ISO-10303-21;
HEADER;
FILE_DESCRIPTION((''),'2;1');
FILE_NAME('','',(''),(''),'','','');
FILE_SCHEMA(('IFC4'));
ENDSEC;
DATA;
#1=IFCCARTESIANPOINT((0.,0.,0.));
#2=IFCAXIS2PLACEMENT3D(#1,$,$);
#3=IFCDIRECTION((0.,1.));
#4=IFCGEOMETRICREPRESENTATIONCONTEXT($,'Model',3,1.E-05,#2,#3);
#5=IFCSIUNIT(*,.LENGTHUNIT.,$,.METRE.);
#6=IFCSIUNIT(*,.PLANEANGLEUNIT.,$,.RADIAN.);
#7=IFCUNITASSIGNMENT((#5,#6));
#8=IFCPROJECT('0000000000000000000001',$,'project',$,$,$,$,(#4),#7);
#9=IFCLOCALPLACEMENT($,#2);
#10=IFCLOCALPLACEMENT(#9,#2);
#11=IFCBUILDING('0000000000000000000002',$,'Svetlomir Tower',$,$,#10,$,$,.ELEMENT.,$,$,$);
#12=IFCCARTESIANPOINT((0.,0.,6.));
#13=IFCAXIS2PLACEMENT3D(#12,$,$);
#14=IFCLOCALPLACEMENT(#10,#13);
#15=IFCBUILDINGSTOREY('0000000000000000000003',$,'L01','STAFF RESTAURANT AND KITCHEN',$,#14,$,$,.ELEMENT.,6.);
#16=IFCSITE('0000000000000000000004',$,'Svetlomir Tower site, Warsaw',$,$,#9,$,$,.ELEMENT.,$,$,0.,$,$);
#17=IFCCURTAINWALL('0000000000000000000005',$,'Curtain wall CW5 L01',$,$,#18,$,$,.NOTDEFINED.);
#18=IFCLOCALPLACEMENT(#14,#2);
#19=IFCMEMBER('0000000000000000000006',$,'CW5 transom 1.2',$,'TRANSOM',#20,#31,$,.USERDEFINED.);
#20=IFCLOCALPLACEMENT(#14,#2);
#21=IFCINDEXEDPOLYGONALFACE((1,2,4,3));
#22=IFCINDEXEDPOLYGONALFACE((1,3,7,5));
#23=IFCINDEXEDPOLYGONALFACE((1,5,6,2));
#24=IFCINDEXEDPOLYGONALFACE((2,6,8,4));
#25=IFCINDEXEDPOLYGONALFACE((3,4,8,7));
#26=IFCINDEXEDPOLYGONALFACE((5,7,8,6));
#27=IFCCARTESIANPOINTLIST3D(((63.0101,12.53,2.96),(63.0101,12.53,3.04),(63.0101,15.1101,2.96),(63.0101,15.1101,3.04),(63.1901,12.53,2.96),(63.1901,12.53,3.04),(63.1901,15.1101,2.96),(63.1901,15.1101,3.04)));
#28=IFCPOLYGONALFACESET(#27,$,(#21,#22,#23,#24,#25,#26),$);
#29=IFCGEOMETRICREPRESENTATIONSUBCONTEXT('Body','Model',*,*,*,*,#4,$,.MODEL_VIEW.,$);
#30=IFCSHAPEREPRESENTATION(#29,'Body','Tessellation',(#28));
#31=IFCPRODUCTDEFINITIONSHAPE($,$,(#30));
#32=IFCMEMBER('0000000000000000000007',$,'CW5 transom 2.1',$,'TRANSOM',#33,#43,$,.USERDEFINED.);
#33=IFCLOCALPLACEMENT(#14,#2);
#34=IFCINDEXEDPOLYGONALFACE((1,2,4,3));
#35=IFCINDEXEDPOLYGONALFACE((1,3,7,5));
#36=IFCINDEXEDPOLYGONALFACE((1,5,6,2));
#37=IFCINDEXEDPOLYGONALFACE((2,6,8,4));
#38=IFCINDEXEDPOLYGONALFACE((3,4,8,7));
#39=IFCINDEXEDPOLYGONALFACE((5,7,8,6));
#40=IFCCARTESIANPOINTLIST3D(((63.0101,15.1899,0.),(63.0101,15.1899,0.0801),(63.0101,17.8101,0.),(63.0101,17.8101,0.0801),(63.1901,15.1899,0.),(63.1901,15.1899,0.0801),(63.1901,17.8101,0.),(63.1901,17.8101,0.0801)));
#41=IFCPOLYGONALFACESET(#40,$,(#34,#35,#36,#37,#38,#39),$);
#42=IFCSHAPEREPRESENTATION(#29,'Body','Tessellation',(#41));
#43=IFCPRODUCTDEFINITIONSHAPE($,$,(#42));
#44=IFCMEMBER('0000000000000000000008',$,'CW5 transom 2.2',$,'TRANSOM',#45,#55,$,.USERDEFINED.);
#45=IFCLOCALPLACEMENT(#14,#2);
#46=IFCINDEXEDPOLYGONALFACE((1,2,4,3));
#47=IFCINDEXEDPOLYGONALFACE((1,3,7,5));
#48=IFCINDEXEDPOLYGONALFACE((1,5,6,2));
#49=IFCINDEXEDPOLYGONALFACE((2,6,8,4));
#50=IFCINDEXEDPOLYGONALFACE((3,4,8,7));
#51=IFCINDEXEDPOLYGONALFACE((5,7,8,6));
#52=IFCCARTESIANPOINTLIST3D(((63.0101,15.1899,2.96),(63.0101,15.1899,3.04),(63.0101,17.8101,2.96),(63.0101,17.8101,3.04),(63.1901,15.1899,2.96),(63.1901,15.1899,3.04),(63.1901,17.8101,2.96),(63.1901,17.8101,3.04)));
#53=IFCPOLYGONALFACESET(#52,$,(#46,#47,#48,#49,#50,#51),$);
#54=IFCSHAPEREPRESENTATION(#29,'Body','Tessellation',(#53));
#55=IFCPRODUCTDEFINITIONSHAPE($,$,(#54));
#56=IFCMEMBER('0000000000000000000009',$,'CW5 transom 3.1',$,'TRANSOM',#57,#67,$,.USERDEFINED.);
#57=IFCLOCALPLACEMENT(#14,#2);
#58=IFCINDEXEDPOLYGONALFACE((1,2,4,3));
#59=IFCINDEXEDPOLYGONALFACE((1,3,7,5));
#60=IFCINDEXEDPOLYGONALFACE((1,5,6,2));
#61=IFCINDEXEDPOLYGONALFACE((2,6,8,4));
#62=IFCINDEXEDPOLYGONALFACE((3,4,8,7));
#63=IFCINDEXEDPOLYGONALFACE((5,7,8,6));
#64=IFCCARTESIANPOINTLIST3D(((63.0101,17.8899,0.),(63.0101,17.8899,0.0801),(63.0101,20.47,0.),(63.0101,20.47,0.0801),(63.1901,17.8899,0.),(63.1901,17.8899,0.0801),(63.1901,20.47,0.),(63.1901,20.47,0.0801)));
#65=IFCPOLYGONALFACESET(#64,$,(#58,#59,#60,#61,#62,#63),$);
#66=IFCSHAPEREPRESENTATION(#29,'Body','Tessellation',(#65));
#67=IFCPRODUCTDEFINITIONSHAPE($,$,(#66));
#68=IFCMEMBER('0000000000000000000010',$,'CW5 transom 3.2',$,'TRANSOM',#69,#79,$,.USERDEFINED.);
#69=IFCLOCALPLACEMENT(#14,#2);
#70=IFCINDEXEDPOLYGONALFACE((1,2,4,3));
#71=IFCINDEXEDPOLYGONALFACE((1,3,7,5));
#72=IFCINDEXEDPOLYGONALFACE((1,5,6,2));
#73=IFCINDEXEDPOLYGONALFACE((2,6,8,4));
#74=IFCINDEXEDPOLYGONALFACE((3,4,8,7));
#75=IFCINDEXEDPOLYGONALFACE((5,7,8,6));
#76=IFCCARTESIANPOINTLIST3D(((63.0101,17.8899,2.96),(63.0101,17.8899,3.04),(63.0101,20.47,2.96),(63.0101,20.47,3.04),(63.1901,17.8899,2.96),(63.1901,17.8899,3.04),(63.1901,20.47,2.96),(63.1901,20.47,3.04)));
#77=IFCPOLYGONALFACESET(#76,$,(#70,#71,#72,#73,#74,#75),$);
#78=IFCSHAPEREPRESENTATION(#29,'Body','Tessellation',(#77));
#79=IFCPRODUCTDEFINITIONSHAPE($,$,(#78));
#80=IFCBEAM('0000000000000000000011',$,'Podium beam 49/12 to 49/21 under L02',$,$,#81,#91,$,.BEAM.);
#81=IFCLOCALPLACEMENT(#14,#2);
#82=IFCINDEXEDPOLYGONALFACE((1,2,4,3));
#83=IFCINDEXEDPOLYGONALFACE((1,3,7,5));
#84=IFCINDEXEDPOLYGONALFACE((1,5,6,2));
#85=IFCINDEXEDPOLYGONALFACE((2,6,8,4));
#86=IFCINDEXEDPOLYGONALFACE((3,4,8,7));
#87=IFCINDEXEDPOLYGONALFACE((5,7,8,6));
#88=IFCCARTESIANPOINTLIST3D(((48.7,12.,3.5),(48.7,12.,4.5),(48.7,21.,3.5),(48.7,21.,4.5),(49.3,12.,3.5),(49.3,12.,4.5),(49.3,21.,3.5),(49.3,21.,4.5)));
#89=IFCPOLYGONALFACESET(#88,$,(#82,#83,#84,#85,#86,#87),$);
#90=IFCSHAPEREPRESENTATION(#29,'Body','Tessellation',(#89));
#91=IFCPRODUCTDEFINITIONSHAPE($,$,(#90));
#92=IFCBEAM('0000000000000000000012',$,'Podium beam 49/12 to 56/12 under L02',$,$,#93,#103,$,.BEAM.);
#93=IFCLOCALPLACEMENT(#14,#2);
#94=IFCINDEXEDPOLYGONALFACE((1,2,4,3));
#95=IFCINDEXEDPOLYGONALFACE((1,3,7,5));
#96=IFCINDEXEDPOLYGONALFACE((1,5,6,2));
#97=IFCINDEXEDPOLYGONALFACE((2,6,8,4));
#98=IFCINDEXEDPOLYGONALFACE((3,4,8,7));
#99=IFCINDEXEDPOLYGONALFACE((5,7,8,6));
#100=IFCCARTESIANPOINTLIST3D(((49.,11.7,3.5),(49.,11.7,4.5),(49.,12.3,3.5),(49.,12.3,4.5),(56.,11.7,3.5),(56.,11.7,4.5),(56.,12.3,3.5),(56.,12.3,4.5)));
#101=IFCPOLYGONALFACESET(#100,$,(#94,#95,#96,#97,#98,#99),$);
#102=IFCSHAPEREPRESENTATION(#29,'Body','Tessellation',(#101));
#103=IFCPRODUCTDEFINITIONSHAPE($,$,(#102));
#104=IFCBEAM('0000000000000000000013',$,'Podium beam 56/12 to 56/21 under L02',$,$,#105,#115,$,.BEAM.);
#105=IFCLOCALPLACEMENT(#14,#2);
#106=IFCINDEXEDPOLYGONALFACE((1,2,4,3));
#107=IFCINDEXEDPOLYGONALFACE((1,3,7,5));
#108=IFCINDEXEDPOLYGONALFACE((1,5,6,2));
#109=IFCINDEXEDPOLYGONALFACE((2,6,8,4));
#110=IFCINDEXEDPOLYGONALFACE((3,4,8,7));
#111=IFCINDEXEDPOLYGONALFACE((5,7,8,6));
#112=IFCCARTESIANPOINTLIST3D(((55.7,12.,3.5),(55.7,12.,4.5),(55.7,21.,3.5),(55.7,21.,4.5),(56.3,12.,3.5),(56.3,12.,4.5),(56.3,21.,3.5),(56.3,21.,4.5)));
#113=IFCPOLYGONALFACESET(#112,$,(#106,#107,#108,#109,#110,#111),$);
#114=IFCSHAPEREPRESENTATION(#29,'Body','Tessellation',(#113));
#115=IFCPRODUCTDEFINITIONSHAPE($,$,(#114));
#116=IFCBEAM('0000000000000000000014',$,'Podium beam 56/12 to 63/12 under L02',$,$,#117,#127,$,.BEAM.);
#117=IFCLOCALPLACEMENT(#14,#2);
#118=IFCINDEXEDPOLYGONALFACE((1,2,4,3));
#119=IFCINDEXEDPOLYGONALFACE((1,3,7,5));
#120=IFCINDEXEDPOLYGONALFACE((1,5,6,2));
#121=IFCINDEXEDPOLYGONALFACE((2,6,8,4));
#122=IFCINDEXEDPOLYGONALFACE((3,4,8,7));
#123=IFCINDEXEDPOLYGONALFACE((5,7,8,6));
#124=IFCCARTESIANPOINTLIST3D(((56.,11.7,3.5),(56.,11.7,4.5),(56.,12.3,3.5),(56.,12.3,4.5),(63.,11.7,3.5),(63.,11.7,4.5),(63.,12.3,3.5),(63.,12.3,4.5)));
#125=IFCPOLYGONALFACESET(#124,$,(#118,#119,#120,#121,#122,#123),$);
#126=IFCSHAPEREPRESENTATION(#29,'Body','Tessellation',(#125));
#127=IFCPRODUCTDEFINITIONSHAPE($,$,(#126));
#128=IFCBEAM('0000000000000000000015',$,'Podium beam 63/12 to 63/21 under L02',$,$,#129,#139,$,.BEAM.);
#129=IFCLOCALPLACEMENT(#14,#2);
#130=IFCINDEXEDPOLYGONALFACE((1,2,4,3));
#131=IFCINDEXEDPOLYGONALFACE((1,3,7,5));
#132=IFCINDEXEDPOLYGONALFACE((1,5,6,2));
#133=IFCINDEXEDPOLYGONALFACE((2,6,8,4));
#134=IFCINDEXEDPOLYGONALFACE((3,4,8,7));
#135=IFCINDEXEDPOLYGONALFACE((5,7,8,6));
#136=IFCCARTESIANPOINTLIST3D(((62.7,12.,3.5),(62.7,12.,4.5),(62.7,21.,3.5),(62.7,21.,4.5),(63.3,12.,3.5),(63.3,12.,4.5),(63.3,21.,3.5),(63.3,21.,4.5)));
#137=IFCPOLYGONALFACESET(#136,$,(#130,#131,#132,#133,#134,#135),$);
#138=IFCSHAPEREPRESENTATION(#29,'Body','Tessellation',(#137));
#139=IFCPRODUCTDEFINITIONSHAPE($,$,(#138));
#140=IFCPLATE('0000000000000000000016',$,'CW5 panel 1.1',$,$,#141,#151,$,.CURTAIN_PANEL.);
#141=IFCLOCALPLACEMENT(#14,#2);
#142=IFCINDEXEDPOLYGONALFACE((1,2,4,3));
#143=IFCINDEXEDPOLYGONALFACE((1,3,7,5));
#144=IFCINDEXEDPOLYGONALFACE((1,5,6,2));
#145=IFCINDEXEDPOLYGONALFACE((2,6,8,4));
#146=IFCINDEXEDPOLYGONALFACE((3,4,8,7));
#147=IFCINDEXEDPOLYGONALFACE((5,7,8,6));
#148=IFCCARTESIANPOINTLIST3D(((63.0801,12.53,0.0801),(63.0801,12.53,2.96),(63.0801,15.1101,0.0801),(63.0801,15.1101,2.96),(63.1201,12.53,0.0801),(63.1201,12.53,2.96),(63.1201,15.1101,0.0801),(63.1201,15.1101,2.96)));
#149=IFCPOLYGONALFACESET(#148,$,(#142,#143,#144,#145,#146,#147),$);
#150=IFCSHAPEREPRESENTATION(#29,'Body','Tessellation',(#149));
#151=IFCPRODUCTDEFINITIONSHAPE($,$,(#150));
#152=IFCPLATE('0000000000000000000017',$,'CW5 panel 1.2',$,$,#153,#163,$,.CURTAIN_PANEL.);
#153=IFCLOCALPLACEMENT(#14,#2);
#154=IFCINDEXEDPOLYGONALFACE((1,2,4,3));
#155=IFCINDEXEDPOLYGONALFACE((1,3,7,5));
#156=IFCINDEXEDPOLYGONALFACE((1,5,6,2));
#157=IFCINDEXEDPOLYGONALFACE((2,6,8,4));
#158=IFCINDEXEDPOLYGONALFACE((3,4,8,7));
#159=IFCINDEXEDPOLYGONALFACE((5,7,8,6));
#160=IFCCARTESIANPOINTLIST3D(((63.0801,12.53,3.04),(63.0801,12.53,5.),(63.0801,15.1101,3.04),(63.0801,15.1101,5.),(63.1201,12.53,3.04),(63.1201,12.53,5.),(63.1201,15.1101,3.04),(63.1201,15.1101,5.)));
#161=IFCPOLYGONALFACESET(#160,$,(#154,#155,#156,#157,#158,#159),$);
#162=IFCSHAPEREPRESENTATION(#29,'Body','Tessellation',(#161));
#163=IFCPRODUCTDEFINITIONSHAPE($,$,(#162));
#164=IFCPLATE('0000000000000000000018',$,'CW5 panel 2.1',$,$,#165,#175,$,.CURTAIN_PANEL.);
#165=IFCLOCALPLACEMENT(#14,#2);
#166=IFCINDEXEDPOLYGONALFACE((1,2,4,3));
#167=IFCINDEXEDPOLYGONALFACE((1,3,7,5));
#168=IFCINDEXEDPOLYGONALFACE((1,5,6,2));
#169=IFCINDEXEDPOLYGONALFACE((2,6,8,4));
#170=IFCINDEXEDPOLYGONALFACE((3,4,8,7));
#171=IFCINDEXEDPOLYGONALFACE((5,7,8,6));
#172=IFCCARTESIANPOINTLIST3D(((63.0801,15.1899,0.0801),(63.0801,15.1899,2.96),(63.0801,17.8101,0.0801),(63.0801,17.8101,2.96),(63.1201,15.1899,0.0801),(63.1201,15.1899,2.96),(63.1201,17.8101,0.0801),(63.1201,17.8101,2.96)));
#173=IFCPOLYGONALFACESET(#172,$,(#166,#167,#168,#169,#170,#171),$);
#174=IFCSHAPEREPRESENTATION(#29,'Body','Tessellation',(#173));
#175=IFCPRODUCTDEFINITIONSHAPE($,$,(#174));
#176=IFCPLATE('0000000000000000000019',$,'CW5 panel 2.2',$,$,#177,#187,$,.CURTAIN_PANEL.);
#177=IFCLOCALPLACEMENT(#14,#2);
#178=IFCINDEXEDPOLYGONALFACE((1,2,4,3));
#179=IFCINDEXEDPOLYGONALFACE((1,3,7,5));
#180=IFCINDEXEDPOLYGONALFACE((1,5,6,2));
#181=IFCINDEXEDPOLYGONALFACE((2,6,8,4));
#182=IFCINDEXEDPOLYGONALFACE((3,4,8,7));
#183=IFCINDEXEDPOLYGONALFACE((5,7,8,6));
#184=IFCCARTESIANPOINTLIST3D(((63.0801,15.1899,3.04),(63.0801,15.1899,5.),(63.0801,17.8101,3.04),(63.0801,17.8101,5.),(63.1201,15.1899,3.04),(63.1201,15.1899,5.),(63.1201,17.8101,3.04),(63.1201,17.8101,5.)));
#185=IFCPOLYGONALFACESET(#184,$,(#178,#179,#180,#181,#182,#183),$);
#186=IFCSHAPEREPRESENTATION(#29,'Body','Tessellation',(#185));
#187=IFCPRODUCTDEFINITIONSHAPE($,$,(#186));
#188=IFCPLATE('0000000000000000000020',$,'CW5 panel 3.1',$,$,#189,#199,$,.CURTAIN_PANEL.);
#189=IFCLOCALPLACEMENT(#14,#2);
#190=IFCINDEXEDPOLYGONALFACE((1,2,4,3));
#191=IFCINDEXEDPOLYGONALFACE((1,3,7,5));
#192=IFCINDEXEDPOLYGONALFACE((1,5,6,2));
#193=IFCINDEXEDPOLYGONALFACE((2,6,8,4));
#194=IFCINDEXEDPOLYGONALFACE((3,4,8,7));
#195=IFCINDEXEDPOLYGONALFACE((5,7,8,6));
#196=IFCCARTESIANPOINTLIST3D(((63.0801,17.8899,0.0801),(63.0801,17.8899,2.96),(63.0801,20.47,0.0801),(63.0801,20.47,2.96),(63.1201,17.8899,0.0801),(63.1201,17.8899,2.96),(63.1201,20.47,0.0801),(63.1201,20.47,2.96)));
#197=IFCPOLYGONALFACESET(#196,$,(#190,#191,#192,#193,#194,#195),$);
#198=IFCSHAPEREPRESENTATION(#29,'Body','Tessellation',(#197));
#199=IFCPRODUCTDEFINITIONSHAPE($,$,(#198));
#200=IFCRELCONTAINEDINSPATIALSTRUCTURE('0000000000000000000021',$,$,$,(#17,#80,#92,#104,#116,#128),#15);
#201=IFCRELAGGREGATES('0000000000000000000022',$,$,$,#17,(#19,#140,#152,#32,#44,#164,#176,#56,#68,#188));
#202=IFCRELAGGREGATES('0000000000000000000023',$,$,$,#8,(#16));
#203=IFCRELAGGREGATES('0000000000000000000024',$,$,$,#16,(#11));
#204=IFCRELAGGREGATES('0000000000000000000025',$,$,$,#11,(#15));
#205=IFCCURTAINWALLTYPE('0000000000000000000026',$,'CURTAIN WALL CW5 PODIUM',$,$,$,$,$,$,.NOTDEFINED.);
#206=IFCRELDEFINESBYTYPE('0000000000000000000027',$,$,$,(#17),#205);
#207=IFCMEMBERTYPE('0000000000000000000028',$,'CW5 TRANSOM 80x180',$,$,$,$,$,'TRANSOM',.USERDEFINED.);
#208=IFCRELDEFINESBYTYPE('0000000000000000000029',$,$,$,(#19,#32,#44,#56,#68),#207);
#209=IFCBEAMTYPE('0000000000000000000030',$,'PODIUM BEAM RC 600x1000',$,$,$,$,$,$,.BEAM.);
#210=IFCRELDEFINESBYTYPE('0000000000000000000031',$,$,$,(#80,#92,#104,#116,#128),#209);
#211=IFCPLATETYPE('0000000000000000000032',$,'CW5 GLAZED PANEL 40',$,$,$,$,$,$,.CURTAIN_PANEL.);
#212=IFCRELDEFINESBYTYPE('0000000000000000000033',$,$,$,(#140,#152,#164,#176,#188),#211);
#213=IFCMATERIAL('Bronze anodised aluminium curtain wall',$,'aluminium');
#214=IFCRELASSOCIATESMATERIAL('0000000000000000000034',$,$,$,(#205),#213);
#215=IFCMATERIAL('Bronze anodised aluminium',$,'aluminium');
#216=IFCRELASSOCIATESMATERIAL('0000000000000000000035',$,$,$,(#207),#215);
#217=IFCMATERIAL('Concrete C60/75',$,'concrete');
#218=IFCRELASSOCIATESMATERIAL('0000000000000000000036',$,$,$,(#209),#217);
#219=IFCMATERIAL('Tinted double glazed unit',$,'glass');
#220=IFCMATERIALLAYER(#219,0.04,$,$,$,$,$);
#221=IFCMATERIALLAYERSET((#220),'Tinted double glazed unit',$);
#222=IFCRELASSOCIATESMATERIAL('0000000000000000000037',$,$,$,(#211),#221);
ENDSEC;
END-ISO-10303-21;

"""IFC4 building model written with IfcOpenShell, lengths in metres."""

from ifc_helpers import new_model, si_unit, direction, frame, origin, origin_2d, place, context, subcontext, project, spatial, rectangle, extrude, material, layer, layer_set, material_profile, profile_set, type_object, element, aggregate, save


model = new_model("IFC4")

# Units and contexts
model_context = context("Model", 3, precision=1e-05, world=origin(), true_north=direction((0.0, 1.0)))
body_context = subcontext(model_context, "Body", "Model", "MODEL_VIEW")
ifc_project = project(units=[si_unit("LENGTHUNIT", "METRE"), si_unit("PLANEANGLEUNIT", "RADIAN")], contexts=[model_context])

# Site, building, storey
site_placement = place(None, origin())
site = spatial("IfcSite", under=ifc_project, at=site_placement, Name="Svetlomir Tower site, Warsaw", CompositionType="ELEMENT", RefElevation=0.0)
building_placement = place(site_placement, origin())
building = spatial("IfcBuilding", under=site, at=building_placement, Name="Svetlomir Tower", CompositionType="ELEMENT")
storey_placement = place(building_placement, frame((0.0, 0.0, 6.0)))
storey = spatial("IfcBuildingStorey", under=building, at=storey_placement, Name="L01", Description="STAFF RESTAURANT AND KITCHEN", CompositionType="ELEMENT", Elevation=6.0)

# Curtain wall, members
ifc_material_1 = material(Name="Bronze anodised aluminium curtain wall", Category="aluminium")
curtain_wall_type = type_object("IfcCurtainWallType", Name="CURTAIN WALL CW5 PODIUM", PredefinedType="NOTDEFINED", material=ifc_material_1)
curtain_wall_placement = place(storey_placement, origin())
curtain_wall = element("IfcCurtainWall", 1, at=curtain_wall_placement, inside=storey, type_object=curtain_wall_type, Name="Curtain wall CW5 L01", PredefinedType="NOTDEFINED")
ifc_material_2 = material(Name="Bronze anodised aluminium", Category="aluminium")
ifc_material_profile_1 = material_profile(ifc_material_2, rectangle(XDim=0.1799, YDim=0.0801, at=origin_2d()), Name="AL 180x80")
ifc_profile_set_1 = profile_set([ifc_material_profile_1], Name="Bronze anodised aluminium 6063-T6")
member_type_1 = type_object("IfcMemberType", Name="CW5 TRANSOM 80x180", ElementType="TRANSOM", PredefinedType="USERDEFINED", material=ifc_profile_set_1)
member_1_placement = place(storey_placement, frame((63.1001, 12.53, 3.0), z_axis=(0.0, 1.0, 0.0), x_axis=(-1.0, 0.0, 0.0)))
member_1 = element("IfcMember", 2, at=member_1_placement, type_object=member_type_1, Name="CW5 transom 1.2", ObjectType="TRANSOM", PredefinedType="USERDEFINED", context=body_context, shape_type="SweptSolid", body=[
    extrude(rectangle(XDim=0.1799, YDim=0.0801, at=origin_2d()), origin(), (0.0, 0.0, 1.0), 2.5801),
])
member_2_placement = place(storey_placement, frame((63.1001, 15.1899, 0.04), z_axis=(0.0, 1.0, 0.0), x_axis=(-1.0, 0.0, 0.0)))
member_2 = element("IfcMember", 3, at=member_2_placement, type_object=member_type_1, Name="CW5 transom 2.1", ObjectType="TRANSOM", PredefinedType="USERDEFINED", context=body_context, shape_type="SweptSolid", body=[
    extrude(rectangle(XDim=0.1799, YDim=0.0801, at=origin_2d()), origin(), (0.0, 0.0, 1.0), 2.6201),
])
member_3_placement = place(storey_placement, frame((63.1001, 15.1899, 3.0), z_axis=(0.0, 1.0, 0.0), x_axis=(-1.0, 0.0, 0.0)))
member_3 = element("IfcMember", 4, at=member_3_placement, type_object=member_type_1, Name="CW5 transom 2.2", ObjectType="TRANSOM", PredefinedType="USERDEFINED", context=body_context, shape_type="SweptSolid", body=[
    extrude(rectangle(XDim=0.1799, YDim=0.0801, at=origin_2d()), origin(), (0.0, 0.0, 1.0), 2.6201),
])
member_4_placement = place(storey_placement, frame((63.1001, 17.8899, 0.04), z_axis=(0.0, 1.0, 0.0), x_axis=(-1.0, 0.0, 0.0)))
member_4 = element("IfcMember", 5, at=member_4_placement, type_object=member_type_1, Name="CW5 transom 3.1", ObjectType="TRANSOM", PredefinedType="USERDEFINED", context=body_context, shape_type="SweptSolid", body=[
    extrude(rectangle(XDim=0.1799, YDim=0.0801, at=origin_2d()), origin(), (0.0, 0.0, 1.0), 2.5801),
])
member_5_placement = place(storey_placement, frame((63.1001, 17.8899, 3.0), z_axis=(0.0, 1.0, 0.0), x_axis=(-1.0, 0.0, 0.0)))
member_5 = element("IfcMember", 6, at=member_5_placement, type_object=member_type_1, Name="CW5 transom 3.2", ObjectType="TRANSOM", PredefinedType="USERDEFINED", context=body_context, shape_type="SweptSolid", body=[
    extrude(rectangle(XDim=0.1799, YDim=0.0801, at=origin_2d()), origin(), (0.0, 0.0, 1.0), 2.5801),
])

# Beams
ifc_material_3 = material(Name="Concrete C60/75", Category="concrete")
ifc_material_profile_2 = material_profile(ifc_material_3, rectangle(XDim=0.6001, YDim=1.0, at=origin_2d()), Name="RC 600x1000")
ifc_profile_set_2 = profile_set([ifc_material_profile_2], Name="Concrete C60/75")
beam_type = type_object("IfcBeamType", Name="PODIUM BEAM RC 600x1000", PredefinedType="BEAM", material=ifc_profile_set_2)
beam_1_placement = place(storey_placement, frame((49.0, 12.0, 4.0), z_axis=(0.0, 1.0, 0.0), x_axis=(-1.0, 0.0, 0.0)))
element("IfcBeam", 7, at=beam_1_placement, inside=storey, type_object=beam_type, Name="Podium beam 49/12 to 49/21 under L02", PredefinedType="BEAM", context=body_context, shape_type="SweptSolid", body=[
    extrude(rectangle(XDim=0.6001, YDim=1.0, at=origin_2d()), origin(), (0.0, 0.0, 1.0), 9.0),
])
beam_2_placement = place(storey_placement, frame((49.0, 12.0, 4.0), z_axis=(1.0, 0.0, 0.0), x_axis=(0.0, 1.0, 0.0)))
element("IfcBeam", 8, at=beam_2_placement, inside=storey, type_object=beam_type, Name="Podium beam 49/12 to 56/12 under L02", PredefinedType="BEAM", context=body_context, shape_type="SweptSolid", body=[
    extrude(rectangle(XDim=0.6001, YDim=1.0, at=origin_2d()), origin(), (0.0, 0.0, 1.0), 7.0),
])
beam_3_placement = place(storey_placement, frame((56.0, 12.0, 4.0), z_axis=(0.0, 1.0, 0.0), x_axis=(-1.0, 0.0, 0.0)))
element("IfcBeam", 9, at=beam_3_placement, inside=storey, type_object=beam_type, Name="Podium beam 56/12 to 56/21 under L02", PredefinedType="BEAM", context=body_context, shape_type="SweptSolid", body=[
    extrude(rectangle(XDim=0.6001, YDim=1.0, at=origin_2d()), origin(), (0.0, 0.0, 1.0), 9.0),
])
beam_4_placement = place(storey_placement, frame((56.0, 12.0, 4.0), z_axis=(1.0, 0.0, 0.0), x_axis=(0.0, 1.0, 0.0)))
element("IfcBeam", 10, at=beam_4_placement, inside=storey, type_object=beam_type, Name="Podium beam 56/12 to 63/12 under L02", PredefinedType="BEAM", context=body_context, shape_type="SweptSolid", body=[
    extrude(rectangle(XDim=0.6001, YDim=1.0, at=origin_2d()), origin(), (0.0, 0.0, 1.0), 7.0),
])
beam_5_placement = place(storey_placement, frame((63.0, 12.0, 4.0), z_axis=(0.0, 1.0, 0.0), x_axis=(-1.0, 0.0, 0.0)))
element("IfcBeam", 11, at=beam_5_placement, inside=storey, type_object=beam_type, Name="Podium beam 63/12 to 63/21 under L02", PredefinedType="BEAM", context=body_context, shape_type="SweptSolid", body=[
    extrude(rectangle(XDim=0.6001, YDim=1.0, at=origin_2d()), origin(), (0.0, 0.0, 1.0), 9.0),
])

# Plates
ifc_material_4 = material(Name="Tinted double glazed unit", Category="glass")
ifc_layer_1 = layer(ifc_material_4, 0.04)
ifc_layer_set_1 = layer_set([ifc_layer_1], Name="Tinted double glazed unit")
plate_type = type_object("IfcPlateType", Name="CW5 GLAZED PANEL 40", PredefinedType="CURTAIN_PANEL", material=ifc_layer_set_1)
plate_1_placement = place(storey_placement, frame((63.1001, 13.8201, 0.0801), z_axis=(0.0, 0.0, 1.0), x_axis=(0.0, 1.0, 0.0)))
plate_1 = element("IfcPlate", 12, at=plate_1_placement, type_object=plate_type, Name="CW5 panel 1.1", PredefinedType="CURTAIN_PANEL", context=body_context, shape_type="SweptSolid", body=[
    extrude(rectangle(XDim=2.5801, YDim=0.04, at=origin_2d()), origin(), (0.0, 0.0, 1.0), 2.8799),
])
plate_2_placement = place(storey_placement, frame((63.1001, 13.8201, 3.04), z_axis=(0.0, 0.0, 1.0), x_axis=(0.0, 1.0, 0.0)))
plate_2 = element("IfcPlate", 13, at=plate_2_placement, type_object=plate_type, Name="CW5 panel 1.2", PredefinedType="CURTAIN_PANEL", context=body_context, shape_type="SweptSolid", body=[
    extrude(rectangle(XDim=2.5801, YDim=0.04, at=origin_2d()), origin(), (0.0, 0.0, 1.0), 1.96),
])
plate_3_placement = place(storey_placement, frame((63.1001, 16.5, 0.0801), z_axis=(0.0, 0.0, 1.0), x_axis=(0.0, 1.0, 0.0)))
plate_3 = element("IfcPlate", 14, at=plate_3_placement, type_object=plate_type, Name="CW5 panel 2.1", PredefinedType="CURTAIN_PANEL", context=body_context, shape_type="SweptSolid", body=[
    extrude(rectangle(XDim=2.6201, YDim=0.04, at=origin_2d()), origin(), (0.0, 0.0, 1.0), 2.8799),
])
plate_4_placement = place(storey_placement, frame((63.1001, 16.5, 3.04), z_axis=(0.0, 0.0, 1.0), x_axis=(0.0, 1.0, 0.0)))
plate_4 = element("IfcPlate", 15, at=plate_4_placement, type_object=plate_type, Name="CW5 panel 2.2", PredefinedType="CURTAIN_PANEL", context=body_context, shape_type="SweptSolid", body=[
    extrude(rectangle(XDim=2.6201, YDim=0.04, at=origin_2d()), origin(), (0.0, 0.0, 1.0), 1.96),
])
plate_5_placement = place(storey_placement, frame((63.1001, 19.1799, 0.0801), z_axis=(0.0, 0.0, 1.0), x_axis=(0.0, 1.0, 0.0)))
plate_5 = element("IfcPlate", 16, at=plate_5_placement, type_object=plate_type, Name="CW5 panel 3.1", PredefinedType="CURTAIN_PANEL", context=body_context, shape_type="SweptSolid", body=[
    extrude(rectangle(XDim=2.5801, YDim=0.04, at=origin_2d()), origin(), (0.0, 0.0, 1.0), 2.8799),
])
aggregate(curtain_wall, [member_1, plate_1, plate_2, member_2, member_3, plate_3, plate_4, member_4, member_5, plate_5])

save(model, "model.ifc")
